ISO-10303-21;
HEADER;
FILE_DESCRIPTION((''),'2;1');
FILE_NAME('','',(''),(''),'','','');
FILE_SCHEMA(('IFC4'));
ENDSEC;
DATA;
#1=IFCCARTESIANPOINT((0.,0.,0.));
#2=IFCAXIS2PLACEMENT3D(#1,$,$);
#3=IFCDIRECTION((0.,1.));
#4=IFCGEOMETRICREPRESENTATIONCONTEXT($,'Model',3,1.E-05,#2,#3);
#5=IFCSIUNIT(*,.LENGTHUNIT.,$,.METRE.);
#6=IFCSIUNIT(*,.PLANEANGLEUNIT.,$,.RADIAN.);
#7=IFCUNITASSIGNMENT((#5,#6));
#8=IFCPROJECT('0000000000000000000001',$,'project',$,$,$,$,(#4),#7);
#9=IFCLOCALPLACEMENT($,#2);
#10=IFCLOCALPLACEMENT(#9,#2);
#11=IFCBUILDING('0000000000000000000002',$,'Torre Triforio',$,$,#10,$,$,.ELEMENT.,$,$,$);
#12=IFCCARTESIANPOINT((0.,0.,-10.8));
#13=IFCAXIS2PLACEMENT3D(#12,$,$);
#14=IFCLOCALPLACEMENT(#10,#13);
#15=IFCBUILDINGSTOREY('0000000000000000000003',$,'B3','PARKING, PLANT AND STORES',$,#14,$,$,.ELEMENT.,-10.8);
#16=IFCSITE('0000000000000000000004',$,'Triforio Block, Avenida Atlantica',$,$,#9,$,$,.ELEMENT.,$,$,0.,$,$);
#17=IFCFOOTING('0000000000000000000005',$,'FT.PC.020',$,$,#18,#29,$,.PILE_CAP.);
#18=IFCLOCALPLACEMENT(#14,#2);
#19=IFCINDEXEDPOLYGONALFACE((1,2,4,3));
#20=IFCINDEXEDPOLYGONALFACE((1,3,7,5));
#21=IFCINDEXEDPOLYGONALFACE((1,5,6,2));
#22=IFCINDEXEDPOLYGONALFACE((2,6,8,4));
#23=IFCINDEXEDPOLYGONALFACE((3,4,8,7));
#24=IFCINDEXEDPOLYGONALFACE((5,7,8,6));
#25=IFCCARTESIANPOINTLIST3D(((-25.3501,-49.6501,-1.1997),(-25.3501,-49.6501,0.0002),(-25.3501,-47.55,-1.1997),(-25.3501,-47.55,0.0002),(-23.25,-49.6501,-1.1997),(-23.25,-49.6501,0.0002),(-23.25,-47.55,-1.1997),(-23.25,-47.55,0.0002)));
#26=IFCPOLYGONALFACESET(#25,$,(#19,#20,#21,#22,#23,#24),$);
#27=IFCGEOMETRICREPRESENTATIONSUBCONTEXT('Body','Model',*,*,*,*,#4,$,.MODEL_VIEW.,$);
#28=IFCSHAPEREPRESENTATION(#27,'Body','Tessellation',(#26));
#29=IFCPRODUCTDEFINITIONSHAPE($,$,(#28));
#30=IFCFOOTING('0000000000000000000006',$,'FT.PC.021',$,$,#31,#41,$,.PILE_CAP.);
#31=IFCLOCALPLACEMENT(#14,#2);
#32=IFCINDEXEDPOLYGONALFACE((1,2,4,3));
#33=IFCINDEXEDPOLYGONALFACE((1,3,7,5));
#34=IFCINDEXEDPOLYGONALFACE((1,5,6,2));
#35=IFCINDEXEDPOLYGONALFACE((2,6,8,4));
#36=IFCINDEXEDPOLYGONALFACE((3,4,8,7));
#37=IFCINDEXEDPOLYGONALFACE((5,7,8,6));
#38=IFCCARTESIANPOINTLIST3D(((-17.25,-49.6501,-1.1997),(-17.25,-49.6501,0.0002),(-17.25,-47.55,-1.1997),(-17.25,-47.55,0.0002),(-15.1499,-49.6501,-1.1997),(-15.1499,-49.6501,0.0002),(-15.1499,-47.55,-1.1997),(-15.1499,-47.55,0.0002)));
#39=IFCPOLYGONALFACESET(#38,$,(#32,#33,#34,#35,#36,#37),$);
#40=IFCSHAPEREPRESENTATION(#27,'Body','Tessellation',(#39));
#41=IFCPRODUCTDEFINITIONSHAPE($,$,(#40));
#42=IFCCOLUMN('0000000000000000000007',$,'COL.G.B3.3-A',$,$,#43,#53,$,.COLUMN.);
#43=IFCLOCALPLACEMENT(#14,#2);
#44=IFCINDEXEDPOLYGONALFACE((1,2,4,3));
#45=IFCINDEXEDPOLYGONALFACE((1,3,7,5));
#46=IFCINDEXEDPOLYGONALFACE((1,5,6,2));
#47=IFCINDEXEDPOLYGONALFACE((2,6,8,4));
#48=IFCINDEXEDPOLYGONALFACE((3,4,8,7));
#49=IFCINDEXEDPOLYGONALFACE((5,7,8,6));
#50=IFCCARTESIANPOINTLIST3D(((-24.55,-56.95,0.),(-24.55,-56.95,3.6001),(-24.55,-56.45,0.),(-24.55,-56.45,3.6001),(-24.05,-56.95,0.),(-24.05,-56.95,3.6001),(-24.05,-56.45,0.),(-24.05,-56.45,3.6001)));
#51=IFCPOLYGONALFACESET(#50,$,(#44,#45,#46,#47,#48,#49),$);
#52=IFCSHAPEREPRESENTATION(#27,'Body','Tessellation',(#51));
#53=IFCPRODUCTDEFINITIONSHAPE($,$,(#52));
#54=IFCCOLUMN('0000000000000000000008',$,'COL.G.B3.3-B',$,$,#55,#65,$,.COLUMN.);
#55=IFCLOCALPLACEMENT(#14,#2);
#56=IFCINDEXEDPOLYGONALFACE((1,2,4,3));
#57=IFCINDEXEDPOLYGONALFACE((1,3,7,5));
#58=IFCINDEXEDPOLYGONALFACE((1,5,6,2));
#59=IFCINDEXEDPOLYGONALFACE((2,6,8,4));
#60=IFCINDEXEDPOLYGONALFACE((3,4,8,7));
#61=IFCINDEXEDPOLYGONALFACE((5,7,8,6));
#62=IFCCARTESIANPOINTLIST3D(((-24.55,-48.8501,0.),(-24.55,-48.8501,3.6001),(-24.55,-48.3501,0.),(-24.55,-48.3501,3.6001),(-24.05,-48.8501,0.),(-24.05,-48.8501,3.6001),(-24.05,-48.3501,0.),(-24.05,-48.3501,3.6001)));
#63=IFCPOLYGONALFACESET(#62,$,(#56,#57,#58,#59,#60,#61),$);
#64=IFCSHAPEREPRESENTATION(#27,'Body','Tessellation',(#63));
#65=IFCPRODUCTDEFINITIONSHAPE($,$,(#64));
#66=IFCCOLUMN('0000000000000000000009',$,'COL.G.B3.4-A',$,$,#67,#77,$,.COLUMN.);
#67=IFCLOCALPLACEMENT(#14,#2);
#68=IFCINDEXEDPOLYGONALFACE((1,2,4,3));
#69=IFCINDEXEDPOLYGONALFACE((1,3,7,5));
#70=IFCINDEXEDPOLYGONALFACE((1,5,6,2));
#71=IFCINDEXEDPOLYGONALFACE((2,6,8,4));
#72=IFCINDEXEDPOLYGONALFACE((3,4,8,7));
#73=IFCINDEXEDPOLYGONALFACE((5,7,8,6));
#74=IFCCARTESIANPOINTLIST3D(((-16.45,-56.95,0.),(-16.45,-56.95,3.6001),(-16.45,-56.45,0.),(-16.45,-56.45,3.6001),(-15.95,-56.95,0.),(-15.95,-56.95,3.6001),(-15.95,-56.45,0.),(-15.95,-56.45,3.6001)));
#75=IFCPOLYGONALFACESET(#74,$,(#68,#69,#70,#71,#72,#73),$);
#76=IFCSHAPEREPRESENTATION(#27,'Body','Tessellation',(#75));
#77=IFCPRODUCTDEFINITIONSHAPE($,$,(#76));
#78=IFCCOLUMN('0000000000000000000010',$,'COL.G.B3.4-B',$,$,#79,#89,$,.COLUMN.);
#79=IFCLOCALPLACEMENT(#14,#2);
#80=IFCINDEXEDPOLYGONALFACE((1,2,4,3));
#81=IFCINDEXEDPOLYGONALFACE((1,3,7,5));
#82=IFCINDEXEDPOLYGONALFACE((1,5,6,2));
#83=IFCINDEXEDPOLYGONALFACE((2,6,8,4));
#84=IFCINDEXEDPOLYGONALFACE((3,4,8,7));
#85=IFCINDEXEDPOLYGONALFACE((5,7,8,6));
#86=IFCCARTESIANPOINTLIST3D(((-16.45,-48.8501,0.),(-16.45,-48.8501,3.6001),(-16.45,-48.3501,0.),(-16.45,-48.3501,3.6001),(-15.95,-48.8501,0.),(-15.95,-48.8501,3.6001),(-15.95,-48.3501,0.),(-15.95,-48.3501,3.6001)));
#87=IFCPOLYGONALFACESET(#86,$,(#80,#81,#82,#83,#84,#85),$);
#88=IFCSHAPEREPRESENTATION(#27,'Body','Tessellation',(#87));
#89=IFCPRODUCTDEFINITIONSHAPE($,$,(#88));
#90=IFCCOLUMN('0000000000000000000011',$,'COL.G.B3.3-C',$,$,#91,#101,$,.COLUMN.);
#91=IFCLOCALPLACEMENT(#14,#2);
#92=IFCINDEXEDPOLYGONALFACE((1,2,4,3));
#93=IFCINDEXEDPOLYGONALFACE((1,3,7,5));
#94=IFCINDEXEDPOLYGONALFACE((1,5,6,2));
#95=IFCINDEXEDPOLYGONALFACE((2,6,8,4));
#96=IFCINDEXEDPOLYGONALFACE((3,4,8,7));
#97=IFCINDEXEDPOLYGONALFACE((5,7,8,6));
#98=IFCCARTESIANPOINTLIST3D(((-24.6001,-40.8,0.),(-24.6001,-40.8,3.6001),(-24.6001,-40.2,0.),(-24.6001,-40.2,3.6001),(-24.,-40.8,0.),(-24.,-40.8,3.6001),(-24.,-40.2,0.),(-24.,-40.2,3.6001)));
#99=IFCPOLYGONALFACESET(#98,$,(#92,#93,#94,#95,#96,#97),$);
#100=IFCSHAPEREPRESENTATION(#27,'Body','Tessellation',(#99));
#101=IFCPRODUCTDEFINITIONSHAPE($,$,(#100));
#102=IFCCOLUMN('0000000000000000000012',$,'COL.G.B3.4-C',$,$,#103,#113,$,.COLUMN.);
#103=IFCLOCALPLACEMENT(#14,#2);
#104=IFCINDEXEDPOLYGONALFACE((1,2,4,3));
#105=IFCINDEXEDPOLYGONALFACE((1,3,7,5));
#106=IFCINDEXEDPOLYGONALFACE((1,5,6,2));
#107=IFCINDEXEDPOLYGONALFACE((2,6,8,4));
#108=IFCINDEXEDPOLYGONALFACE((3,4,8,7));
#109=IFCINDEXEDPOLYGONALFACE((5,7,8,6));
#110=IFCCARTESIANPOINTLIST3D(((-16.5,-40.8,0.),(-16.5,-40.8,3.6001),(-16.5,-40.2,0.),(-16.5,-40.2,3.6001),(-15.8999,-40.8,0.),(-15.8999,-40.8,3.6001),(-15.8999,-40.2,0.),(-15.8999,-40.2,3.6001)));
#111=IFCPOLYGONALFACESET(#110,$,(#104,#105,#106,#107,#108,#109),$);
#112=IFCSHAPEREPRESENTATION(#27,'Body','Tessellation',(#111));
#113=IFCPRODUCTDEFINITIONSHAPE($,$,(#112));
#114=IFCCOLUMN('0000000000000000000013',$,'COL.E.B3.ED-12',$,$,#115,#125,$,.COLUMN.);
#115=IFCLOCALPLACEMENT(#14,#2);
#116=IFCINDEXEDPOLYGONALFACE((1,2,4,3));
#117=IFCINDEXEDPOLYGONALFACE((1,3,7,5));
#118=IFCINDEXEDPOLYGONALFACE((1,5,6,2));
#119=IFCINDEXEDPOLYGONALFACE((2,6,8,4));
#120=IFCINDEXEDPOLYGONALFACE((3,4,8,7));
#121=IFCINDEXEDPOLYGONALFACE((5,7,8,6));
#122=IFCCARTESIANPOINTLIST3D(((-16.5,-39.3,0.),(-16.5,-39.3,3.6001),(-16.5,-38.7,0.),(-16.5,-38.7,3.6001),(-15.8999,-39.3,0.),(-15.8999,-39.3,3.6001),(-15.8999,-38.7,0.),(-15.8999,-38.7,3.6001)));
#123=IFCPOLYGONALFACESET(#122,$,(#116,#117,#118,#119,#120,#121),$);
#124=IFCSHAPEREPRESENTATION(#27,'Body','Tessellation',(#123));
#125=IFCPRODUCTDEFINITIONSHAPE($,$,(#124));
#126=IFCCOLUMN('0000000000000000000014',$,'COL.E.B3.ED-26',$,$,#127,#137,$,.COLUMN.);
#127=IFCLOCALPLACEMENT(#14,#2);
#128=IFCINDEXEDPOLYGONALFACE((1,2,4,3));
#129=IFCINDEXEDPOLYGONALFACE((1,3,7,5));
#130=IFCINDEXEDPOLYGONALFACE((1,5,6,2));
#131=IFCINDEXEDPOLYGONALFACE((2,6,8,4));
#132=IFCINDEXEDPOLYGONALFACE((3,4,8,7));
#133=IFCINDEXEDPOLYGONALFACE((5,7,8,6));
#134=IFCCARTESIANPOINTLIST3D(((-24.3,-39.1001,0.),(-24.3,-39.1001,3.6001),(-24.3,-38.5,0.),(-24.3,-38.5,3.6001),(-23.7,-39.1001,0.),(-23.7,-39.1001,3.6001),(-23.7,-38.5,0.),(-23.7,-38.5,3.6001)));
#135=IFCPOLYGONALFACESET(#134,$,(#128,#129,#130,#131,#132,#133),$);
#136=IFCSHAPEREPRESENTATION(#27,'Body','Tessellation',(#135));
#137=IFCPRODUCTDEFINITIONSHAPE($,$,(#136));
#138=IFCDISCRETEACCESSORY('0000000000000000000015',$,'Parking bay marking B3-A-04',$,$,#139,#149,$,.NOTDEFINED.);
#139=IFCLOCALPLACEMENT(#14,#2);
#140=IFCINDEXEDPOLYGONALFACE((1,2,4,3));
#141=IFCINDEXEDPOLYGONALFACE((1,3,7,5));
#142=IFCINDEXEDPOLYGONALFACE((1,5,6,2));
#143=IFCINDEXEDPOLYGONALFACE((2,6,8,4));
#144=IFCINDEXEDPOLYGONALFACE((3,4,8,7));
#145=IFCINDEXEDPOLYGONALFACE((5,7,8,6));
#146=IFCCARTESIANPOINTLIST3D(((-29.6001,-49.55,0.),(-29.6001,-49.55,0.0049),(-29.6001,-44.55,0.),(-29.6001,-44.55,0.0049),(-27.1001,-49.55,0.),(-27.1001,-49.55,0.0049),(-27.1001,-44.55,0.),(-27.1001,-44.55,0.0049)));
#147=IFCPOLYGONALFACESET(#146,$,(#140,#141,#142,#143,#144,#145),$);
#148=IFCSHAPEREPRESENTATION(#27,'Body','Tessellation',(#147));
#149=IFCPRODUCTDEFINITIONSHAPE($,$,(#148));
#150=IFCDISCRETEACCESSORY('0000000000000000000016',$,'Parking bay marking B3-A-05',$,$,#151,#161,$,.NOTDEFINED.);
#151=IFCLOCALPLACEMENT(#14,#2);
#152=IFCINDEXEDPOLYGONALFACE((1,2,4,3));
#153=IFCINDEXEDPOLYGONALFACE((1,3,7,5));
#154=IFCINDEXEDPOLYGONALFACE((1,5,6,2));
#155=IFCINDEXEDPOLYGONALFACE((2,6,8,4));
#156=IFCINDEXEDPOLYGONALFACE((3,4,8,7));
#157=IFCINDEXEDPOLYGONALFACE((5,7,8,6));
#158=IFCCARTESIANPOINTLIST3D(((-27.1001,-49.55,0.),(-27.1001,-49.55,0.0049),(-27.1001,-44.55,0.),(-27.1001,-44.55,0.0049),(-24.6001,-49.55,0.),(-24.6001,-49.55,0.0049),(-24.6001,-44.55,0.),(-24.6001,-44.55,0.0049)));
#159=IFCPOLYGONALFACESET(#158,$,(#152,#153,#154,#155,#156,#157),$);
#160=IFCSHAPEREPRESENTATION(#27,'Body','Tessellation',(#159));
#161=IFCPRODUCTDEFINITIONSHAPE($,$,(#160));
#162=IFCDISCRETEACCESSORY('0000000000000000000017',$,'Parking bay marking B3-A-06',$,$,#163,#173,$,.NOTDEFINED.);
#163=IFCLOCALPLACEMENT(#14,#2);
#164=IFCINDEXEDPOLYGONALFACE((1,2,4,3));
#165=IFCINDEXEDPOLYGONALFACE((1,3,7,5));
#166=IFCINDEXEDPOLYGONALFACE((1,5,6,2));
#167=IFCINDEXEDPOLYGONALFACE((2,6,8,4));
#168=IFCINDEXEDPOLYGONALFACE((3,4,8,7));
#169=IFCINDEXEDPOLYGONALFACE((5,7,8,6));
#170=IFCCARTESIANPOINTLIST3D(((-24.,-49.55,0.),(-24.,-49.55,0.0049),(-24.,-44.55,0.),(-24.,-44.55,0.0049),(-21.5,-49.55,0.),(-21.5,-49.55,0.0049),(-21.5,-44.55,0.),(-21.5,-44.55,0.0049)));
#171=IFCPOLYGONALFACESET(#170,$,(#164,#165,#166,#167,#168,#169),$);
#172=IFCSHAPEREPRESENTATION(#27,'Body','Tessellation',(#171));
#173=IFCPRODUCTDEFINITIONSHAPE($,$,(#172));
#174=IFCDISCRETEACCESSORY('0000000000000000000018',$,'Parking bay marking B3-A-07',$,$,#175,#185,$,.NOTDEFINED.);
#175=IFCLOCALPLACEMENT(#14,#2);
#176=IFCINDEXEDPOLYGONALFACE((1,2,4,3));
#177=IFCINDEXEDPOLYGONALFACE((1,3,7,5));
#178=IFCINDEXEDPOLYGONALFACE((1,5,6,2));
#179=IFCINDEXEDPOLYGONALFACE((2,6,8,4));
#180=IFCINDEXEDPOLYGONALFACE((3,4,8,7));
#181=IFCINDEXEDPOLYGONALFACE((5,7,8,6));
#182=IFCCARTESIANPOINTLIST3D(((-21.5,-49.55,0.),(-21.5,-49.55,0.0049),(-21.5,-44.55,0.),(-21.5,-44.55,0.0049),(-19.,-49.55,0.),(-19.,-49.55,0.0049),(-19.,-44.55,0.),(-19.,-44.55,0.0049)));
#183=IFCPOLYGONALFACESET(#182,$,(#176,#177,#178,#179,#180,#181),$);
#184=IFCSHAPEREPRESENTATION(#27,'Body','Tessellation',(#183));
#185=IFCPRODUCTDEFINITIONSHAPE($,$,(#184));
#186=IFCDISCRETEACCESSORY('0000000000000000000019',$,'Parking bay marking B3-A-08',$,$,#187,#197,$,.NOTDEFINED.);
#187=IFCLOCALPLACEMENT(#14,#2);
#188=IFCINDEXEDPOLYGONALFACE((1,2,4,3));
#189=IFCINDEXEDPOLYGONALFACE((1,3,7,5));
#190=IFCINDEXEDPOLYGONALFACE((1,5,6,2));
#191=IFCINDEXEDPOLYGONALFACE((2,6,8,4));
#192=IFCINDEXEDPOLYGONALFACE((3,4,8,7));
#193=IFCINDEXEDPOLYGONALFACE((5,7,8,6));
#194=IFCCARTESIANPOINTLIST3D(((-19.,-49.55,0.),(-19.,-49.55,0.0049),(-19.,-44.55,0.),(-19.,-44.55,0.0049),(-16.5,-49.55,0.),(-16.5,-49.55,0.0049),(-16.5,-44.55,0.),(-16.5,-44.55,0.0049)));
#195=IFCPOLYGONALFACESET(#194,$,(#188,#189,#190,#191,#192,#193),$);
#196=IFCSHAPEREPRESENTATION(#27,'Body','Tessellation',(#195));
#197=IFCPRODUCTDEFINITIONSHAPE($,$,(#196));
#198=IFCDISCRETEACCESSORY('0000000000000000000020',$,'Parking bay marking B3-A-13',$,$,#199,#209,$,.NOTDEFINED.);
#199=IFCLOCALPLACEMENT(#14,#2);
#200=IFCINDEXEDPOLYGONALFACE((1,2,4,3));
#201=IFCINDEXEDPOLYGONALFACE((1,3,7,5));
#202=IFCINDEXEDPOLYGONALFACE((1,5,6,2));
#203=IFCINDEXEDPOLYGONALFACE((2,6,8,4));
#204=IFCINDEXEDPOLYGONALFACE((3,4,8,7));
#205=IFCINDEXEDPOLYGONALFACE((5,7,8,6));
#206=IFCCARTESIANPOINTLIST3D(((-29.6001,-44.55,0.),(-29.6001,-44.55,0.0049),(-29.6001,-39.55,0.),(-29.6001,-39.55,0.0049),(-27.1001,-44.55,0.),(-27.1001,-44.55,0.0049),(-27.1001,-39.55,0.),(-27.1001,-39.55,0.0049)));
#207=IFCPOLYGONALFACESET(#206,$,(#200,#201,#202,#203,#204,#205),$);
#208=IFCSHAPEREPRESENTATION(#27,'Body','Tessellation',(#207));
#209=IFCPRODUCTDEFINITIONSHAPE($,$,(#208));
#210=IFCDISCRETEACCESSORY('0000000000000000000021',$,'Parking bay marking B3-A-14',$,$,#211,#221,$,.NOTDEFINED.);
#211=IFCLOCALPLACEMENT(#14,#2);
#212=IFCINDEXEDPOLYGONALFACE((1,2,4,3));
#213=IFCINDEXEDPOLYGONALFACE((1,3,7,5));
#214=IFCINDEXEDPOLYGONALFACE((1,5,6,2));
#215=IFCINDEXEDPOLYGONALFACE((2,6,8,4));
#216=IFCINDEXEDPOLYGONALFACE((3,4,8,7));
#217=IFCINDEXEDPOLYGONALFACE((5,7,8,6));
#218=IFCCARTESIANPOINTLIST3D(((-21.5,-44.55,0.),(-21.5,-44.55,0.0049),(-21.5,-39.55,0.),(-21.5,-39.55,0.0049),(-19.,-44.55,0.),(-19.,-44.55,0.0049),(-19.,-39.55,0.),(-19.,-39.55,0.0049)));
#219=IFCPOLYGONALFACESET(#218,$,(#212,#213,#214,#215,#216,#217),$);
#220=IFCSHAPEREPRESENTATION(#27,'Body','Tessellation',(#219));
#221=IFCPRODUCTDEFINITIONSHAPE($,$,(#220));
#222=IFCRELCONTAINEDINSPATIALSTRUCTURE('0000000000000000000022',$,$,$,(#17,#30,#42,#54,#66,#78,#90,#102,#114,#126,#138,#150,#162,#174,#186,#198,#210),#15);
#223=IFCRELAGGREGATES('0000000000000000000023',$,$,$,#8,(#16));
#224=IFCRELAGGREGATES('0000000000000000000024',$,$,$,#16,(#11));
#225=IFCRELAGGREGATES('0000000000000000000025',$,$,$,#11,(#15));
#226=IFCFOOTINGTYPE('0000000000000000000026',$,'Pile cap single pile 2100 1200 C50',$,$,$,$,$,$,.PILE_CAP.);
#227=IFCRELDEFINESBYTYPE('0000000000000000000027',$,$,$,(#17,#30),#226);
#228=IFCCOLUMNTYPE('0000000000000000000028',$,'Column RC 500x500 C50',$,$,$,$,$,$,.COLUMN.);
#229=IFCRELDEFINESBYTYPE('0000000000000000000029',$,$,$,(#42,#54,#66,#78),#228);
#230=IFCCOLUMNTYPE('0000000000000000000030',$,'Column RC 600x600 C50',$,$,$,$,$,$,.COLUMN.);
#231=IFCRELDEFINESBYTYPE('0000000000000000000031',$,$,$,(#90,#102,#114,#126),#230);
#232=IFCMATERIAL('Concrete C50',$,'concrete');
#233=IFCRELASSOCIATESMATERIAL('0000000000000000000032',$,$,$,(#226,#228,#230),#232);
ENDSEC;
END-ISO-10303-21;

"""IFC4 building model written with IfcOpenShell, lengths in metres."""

from ifc_helpers import new_model, si_unit, direction, frame, origin, origin_2d, place, context, subcontext, project, spatial, rectangle, extrude, material, material_profile, profile_set, type_object, element, save


model = new_model("IFC4")

# Units and contexts
model_context = context("Model", 3, precision=1e-05, world=origin(), true_north=direction((0.0, 1.0)))
body_context = subcontext(model_context, "Body", "Model", "MODEL_VIEW")
ifc_project = project(units=[si_unit("LENGTHUNIT", "METRE"), si_unit("PLANEANGLEUNIT", "RADIAN")], contexts=[model_context])

# Site, building, storey
site_placement = place(None, origin())
site = spatial("IfcSite", under=ifc_project, at=site_placement, Name="Triforio Block, Avenida Atlantica", CompositionType="ELEMENT", RefElevation=0.0)
building_placement = place(site_placement, origin())
building = spatial("IfcBuilding", under=site, at=building_placement, Name="Torre Triforio", CompositionType="ELEMENT")
storey_placement = place(building_placement, frame((0.0, 0.0, -10.8)))
storey = spatial("IfcBuildingStorey", under=building, at=storey_placement, Name="B3", Description="PARKING, PLANT AND STORES", CompositionType="ELEMENT", Elevation=-10.8)

# Footings
ifc_material_1 = material(Name="Concrete C50", Category="concrete")
footing_type = type_object("IfcFootingType", Name="Pile cap single pile 2100 1200 C50", PredefinedType="PILE_CAP", material=ifc_material_1)
for number, where, z_axis, x_axis, name in (
    (1, (-24.3, -48.6001, -1.1997), (0.0, 0.0, 1.0), (1.0, 0.0, 0.0), "FT.PC.020"),
    (2, (-16.2, -48.6001, -1.1997), (0.0, 0.0, 1.0), (1.0, 0.0, 0.0), "FT.PC.021"),
):
    element("IfcFooting", number, at=place(storey_placement, frame(where, z_axis=z_axis, x_axis=x_axis)), inside=storey, type_object=footing_type, Name=name, PredefinedType="PILE_CAP", context=body_context, shape_type="SweptSolid", body=[
        extrude(rectangle(XDim=2.1001, YDim=2.1001, at=origin_2d()), origin(), (0.0, 0.0, 1.0), 1.2),
    ])

# Columns
ifc_material_profile_1 = material_profile(ifc_material_1, rectangle(XDim=0.5, YDim=0.5, at=origin_2d()), Name="RC 500x500")
ifc_profile_set_1 = profile_set([ifc_material_profile_1], Name="Concrete C50")
column_type_1 = type_object("IfcColumnType", Name="Column RC 500x500 C50", PredefinedType="COLUMN", material=ifc_profile_set_1)
for number, where, z_axis, x_axis, name in (
    (3, (-24.3, -56.7, 0.0), (0.0, 0.0, 1.0), (1.0, 0.0, 0.0), "COL.G.B3.3-A"),
    (4, (-24.3, -48.6001, 0.0), (0.0, 0.0, 1.0), (1.0, 0.0, 0.0), "COL.G.B3.3-B"),
    (5, (-16.2, -56.7, 0.0), (0.0, 0.0, 1.0), (1.0, 0.0, 0.0), "COL.G.B3.4-A"),
    (6, (-16.2, -48.6001, 0.0), (0.0, 0.0, 1.0), (1.0, 0.0, 0.0), "COL.G.B3.4-B"),
):
    element("IfcColumn", number, at=place(storey_placement, frame(where, z_axis=z_axis, x_axis=x_axis)), inside=storey, type_object=column_type_1, Name=name, PredefinedType="COLUMN", context=body_context, shape_type="SweptSolid", body=[
        extrude(rectangle(XDim=0.5, YDim=0.5, at=origin_2d()), origin(), (0.0, 0.0, 1.0), 3.6001),
    ])
ifc_material_profile_2 = material_profile(ifc_material_1, rectangle(XDim=0.6001, YDim=0.6001, at=origin_2d()), Name="RC 600x600")
ifc_profile_set_2 = profile_set([ifc_material_profile_2], Name="Concrete C50")
column_type_2 = type_object("IfcColumnType", Name="Column RC 600x600 C50", PredefinedType="COLUMN", material=ifc_profile_set_2)
for number, where, z_axis, x_axis, name in (
    (7, (-24.3, -40.5, 0.0), (0.0, 0.0, 1.0), (1.0, 0.0, 0.0), "COL.G.B3.3-C"),
    (8, (-16.2, -40.5, 0.0), (0.0, 0.0, 1.0), (1.0, 0.0, 0.0), "COL.G.B3.4-C"),
    (9, (-16.2, -39.0, 0.0), (0.0, 0.0, 1.0), (1.0, 0.0, 0.0), "COL.E.B3.ED-12"),
    (10, (-24.0, -38.8, 0.0), (0.0, 0.0, 1.0), (1.0, 0.0, 0.0), "COL.E.B3.ED-26"),
):
    element("IfcColumn", number, at=place(storey_placement, frame(where, z_axis=z_axis, x_axis=x_axis)), inside=storey, type_object=column_type_2, Name=name, PredefinedType="COLUMN", context=body_context, shape_type="SweptSolid", body=[
        extrude(rectangle(XDim=0.6001, YDim=0.6001, at=origin_2d()), origin(), (0.0, 0.0, 1.0), 3.6001),
    ])

# Discrete accessories
for number, where, z_axis, x_axis, name in (
    (11, (-28.3501, -47.05, 0.0), (0.0, 0.0, 1.0), (1.0, 0.0, 0.0), "Parking bay marking B3-A-04"),
    (12, (-25.8501, -47.05, 0.0), (0.0, 0.0, 1.0), (1.0, 0.0, 0.0), "Parking bay marking B3-A-05"),
    (13, (-22.75, -47.05, 0.0), (0.0, 0.0, 1.0), (1.0, 0.0, 0.0), "Parking bay marking B3-A-06"),
    (14, (-20.25, -47.05, 0.0), (0.0, 0.0, 1.0), (1.0, 0.0, 0.0), "Parking bay marking B3-A-07"),
    (15, (-17.75, -47.05, 0.0), (0.0, 0.0, 1.0), (1.0, 0.0, 0.0), "Parking bay marking B3-A-08"),
    (16, (-28.3501, -42.05, 0.0), (0.0, 0.0, 1.0), (1.0, 0.0, 0.0), "Parking bay marking B3-A-13"),
    (17, (-20.25, -42.05, 0.0), (0.0, 0.0, 1.0), (1.0, 0.0, 0.0), "Parking bay marking B3-A-14"),
):
    element("IfcDiscreteAccessory", number, at=place(storey_placement, frame(where, z_axis=z_axis, x_axis=x_axis)), inside=storey, Name=name, PredefinedType="NOTDEFINED", context=body_context, shape_type="SweptSolid", body=[
        extrude(rectangle(XDim=2.5, YDim=5.0, at=origin_2d()), origin(), (0.0, 0.0, 1.0), 0.0049),
    ])

save(model, "model.ifc")
